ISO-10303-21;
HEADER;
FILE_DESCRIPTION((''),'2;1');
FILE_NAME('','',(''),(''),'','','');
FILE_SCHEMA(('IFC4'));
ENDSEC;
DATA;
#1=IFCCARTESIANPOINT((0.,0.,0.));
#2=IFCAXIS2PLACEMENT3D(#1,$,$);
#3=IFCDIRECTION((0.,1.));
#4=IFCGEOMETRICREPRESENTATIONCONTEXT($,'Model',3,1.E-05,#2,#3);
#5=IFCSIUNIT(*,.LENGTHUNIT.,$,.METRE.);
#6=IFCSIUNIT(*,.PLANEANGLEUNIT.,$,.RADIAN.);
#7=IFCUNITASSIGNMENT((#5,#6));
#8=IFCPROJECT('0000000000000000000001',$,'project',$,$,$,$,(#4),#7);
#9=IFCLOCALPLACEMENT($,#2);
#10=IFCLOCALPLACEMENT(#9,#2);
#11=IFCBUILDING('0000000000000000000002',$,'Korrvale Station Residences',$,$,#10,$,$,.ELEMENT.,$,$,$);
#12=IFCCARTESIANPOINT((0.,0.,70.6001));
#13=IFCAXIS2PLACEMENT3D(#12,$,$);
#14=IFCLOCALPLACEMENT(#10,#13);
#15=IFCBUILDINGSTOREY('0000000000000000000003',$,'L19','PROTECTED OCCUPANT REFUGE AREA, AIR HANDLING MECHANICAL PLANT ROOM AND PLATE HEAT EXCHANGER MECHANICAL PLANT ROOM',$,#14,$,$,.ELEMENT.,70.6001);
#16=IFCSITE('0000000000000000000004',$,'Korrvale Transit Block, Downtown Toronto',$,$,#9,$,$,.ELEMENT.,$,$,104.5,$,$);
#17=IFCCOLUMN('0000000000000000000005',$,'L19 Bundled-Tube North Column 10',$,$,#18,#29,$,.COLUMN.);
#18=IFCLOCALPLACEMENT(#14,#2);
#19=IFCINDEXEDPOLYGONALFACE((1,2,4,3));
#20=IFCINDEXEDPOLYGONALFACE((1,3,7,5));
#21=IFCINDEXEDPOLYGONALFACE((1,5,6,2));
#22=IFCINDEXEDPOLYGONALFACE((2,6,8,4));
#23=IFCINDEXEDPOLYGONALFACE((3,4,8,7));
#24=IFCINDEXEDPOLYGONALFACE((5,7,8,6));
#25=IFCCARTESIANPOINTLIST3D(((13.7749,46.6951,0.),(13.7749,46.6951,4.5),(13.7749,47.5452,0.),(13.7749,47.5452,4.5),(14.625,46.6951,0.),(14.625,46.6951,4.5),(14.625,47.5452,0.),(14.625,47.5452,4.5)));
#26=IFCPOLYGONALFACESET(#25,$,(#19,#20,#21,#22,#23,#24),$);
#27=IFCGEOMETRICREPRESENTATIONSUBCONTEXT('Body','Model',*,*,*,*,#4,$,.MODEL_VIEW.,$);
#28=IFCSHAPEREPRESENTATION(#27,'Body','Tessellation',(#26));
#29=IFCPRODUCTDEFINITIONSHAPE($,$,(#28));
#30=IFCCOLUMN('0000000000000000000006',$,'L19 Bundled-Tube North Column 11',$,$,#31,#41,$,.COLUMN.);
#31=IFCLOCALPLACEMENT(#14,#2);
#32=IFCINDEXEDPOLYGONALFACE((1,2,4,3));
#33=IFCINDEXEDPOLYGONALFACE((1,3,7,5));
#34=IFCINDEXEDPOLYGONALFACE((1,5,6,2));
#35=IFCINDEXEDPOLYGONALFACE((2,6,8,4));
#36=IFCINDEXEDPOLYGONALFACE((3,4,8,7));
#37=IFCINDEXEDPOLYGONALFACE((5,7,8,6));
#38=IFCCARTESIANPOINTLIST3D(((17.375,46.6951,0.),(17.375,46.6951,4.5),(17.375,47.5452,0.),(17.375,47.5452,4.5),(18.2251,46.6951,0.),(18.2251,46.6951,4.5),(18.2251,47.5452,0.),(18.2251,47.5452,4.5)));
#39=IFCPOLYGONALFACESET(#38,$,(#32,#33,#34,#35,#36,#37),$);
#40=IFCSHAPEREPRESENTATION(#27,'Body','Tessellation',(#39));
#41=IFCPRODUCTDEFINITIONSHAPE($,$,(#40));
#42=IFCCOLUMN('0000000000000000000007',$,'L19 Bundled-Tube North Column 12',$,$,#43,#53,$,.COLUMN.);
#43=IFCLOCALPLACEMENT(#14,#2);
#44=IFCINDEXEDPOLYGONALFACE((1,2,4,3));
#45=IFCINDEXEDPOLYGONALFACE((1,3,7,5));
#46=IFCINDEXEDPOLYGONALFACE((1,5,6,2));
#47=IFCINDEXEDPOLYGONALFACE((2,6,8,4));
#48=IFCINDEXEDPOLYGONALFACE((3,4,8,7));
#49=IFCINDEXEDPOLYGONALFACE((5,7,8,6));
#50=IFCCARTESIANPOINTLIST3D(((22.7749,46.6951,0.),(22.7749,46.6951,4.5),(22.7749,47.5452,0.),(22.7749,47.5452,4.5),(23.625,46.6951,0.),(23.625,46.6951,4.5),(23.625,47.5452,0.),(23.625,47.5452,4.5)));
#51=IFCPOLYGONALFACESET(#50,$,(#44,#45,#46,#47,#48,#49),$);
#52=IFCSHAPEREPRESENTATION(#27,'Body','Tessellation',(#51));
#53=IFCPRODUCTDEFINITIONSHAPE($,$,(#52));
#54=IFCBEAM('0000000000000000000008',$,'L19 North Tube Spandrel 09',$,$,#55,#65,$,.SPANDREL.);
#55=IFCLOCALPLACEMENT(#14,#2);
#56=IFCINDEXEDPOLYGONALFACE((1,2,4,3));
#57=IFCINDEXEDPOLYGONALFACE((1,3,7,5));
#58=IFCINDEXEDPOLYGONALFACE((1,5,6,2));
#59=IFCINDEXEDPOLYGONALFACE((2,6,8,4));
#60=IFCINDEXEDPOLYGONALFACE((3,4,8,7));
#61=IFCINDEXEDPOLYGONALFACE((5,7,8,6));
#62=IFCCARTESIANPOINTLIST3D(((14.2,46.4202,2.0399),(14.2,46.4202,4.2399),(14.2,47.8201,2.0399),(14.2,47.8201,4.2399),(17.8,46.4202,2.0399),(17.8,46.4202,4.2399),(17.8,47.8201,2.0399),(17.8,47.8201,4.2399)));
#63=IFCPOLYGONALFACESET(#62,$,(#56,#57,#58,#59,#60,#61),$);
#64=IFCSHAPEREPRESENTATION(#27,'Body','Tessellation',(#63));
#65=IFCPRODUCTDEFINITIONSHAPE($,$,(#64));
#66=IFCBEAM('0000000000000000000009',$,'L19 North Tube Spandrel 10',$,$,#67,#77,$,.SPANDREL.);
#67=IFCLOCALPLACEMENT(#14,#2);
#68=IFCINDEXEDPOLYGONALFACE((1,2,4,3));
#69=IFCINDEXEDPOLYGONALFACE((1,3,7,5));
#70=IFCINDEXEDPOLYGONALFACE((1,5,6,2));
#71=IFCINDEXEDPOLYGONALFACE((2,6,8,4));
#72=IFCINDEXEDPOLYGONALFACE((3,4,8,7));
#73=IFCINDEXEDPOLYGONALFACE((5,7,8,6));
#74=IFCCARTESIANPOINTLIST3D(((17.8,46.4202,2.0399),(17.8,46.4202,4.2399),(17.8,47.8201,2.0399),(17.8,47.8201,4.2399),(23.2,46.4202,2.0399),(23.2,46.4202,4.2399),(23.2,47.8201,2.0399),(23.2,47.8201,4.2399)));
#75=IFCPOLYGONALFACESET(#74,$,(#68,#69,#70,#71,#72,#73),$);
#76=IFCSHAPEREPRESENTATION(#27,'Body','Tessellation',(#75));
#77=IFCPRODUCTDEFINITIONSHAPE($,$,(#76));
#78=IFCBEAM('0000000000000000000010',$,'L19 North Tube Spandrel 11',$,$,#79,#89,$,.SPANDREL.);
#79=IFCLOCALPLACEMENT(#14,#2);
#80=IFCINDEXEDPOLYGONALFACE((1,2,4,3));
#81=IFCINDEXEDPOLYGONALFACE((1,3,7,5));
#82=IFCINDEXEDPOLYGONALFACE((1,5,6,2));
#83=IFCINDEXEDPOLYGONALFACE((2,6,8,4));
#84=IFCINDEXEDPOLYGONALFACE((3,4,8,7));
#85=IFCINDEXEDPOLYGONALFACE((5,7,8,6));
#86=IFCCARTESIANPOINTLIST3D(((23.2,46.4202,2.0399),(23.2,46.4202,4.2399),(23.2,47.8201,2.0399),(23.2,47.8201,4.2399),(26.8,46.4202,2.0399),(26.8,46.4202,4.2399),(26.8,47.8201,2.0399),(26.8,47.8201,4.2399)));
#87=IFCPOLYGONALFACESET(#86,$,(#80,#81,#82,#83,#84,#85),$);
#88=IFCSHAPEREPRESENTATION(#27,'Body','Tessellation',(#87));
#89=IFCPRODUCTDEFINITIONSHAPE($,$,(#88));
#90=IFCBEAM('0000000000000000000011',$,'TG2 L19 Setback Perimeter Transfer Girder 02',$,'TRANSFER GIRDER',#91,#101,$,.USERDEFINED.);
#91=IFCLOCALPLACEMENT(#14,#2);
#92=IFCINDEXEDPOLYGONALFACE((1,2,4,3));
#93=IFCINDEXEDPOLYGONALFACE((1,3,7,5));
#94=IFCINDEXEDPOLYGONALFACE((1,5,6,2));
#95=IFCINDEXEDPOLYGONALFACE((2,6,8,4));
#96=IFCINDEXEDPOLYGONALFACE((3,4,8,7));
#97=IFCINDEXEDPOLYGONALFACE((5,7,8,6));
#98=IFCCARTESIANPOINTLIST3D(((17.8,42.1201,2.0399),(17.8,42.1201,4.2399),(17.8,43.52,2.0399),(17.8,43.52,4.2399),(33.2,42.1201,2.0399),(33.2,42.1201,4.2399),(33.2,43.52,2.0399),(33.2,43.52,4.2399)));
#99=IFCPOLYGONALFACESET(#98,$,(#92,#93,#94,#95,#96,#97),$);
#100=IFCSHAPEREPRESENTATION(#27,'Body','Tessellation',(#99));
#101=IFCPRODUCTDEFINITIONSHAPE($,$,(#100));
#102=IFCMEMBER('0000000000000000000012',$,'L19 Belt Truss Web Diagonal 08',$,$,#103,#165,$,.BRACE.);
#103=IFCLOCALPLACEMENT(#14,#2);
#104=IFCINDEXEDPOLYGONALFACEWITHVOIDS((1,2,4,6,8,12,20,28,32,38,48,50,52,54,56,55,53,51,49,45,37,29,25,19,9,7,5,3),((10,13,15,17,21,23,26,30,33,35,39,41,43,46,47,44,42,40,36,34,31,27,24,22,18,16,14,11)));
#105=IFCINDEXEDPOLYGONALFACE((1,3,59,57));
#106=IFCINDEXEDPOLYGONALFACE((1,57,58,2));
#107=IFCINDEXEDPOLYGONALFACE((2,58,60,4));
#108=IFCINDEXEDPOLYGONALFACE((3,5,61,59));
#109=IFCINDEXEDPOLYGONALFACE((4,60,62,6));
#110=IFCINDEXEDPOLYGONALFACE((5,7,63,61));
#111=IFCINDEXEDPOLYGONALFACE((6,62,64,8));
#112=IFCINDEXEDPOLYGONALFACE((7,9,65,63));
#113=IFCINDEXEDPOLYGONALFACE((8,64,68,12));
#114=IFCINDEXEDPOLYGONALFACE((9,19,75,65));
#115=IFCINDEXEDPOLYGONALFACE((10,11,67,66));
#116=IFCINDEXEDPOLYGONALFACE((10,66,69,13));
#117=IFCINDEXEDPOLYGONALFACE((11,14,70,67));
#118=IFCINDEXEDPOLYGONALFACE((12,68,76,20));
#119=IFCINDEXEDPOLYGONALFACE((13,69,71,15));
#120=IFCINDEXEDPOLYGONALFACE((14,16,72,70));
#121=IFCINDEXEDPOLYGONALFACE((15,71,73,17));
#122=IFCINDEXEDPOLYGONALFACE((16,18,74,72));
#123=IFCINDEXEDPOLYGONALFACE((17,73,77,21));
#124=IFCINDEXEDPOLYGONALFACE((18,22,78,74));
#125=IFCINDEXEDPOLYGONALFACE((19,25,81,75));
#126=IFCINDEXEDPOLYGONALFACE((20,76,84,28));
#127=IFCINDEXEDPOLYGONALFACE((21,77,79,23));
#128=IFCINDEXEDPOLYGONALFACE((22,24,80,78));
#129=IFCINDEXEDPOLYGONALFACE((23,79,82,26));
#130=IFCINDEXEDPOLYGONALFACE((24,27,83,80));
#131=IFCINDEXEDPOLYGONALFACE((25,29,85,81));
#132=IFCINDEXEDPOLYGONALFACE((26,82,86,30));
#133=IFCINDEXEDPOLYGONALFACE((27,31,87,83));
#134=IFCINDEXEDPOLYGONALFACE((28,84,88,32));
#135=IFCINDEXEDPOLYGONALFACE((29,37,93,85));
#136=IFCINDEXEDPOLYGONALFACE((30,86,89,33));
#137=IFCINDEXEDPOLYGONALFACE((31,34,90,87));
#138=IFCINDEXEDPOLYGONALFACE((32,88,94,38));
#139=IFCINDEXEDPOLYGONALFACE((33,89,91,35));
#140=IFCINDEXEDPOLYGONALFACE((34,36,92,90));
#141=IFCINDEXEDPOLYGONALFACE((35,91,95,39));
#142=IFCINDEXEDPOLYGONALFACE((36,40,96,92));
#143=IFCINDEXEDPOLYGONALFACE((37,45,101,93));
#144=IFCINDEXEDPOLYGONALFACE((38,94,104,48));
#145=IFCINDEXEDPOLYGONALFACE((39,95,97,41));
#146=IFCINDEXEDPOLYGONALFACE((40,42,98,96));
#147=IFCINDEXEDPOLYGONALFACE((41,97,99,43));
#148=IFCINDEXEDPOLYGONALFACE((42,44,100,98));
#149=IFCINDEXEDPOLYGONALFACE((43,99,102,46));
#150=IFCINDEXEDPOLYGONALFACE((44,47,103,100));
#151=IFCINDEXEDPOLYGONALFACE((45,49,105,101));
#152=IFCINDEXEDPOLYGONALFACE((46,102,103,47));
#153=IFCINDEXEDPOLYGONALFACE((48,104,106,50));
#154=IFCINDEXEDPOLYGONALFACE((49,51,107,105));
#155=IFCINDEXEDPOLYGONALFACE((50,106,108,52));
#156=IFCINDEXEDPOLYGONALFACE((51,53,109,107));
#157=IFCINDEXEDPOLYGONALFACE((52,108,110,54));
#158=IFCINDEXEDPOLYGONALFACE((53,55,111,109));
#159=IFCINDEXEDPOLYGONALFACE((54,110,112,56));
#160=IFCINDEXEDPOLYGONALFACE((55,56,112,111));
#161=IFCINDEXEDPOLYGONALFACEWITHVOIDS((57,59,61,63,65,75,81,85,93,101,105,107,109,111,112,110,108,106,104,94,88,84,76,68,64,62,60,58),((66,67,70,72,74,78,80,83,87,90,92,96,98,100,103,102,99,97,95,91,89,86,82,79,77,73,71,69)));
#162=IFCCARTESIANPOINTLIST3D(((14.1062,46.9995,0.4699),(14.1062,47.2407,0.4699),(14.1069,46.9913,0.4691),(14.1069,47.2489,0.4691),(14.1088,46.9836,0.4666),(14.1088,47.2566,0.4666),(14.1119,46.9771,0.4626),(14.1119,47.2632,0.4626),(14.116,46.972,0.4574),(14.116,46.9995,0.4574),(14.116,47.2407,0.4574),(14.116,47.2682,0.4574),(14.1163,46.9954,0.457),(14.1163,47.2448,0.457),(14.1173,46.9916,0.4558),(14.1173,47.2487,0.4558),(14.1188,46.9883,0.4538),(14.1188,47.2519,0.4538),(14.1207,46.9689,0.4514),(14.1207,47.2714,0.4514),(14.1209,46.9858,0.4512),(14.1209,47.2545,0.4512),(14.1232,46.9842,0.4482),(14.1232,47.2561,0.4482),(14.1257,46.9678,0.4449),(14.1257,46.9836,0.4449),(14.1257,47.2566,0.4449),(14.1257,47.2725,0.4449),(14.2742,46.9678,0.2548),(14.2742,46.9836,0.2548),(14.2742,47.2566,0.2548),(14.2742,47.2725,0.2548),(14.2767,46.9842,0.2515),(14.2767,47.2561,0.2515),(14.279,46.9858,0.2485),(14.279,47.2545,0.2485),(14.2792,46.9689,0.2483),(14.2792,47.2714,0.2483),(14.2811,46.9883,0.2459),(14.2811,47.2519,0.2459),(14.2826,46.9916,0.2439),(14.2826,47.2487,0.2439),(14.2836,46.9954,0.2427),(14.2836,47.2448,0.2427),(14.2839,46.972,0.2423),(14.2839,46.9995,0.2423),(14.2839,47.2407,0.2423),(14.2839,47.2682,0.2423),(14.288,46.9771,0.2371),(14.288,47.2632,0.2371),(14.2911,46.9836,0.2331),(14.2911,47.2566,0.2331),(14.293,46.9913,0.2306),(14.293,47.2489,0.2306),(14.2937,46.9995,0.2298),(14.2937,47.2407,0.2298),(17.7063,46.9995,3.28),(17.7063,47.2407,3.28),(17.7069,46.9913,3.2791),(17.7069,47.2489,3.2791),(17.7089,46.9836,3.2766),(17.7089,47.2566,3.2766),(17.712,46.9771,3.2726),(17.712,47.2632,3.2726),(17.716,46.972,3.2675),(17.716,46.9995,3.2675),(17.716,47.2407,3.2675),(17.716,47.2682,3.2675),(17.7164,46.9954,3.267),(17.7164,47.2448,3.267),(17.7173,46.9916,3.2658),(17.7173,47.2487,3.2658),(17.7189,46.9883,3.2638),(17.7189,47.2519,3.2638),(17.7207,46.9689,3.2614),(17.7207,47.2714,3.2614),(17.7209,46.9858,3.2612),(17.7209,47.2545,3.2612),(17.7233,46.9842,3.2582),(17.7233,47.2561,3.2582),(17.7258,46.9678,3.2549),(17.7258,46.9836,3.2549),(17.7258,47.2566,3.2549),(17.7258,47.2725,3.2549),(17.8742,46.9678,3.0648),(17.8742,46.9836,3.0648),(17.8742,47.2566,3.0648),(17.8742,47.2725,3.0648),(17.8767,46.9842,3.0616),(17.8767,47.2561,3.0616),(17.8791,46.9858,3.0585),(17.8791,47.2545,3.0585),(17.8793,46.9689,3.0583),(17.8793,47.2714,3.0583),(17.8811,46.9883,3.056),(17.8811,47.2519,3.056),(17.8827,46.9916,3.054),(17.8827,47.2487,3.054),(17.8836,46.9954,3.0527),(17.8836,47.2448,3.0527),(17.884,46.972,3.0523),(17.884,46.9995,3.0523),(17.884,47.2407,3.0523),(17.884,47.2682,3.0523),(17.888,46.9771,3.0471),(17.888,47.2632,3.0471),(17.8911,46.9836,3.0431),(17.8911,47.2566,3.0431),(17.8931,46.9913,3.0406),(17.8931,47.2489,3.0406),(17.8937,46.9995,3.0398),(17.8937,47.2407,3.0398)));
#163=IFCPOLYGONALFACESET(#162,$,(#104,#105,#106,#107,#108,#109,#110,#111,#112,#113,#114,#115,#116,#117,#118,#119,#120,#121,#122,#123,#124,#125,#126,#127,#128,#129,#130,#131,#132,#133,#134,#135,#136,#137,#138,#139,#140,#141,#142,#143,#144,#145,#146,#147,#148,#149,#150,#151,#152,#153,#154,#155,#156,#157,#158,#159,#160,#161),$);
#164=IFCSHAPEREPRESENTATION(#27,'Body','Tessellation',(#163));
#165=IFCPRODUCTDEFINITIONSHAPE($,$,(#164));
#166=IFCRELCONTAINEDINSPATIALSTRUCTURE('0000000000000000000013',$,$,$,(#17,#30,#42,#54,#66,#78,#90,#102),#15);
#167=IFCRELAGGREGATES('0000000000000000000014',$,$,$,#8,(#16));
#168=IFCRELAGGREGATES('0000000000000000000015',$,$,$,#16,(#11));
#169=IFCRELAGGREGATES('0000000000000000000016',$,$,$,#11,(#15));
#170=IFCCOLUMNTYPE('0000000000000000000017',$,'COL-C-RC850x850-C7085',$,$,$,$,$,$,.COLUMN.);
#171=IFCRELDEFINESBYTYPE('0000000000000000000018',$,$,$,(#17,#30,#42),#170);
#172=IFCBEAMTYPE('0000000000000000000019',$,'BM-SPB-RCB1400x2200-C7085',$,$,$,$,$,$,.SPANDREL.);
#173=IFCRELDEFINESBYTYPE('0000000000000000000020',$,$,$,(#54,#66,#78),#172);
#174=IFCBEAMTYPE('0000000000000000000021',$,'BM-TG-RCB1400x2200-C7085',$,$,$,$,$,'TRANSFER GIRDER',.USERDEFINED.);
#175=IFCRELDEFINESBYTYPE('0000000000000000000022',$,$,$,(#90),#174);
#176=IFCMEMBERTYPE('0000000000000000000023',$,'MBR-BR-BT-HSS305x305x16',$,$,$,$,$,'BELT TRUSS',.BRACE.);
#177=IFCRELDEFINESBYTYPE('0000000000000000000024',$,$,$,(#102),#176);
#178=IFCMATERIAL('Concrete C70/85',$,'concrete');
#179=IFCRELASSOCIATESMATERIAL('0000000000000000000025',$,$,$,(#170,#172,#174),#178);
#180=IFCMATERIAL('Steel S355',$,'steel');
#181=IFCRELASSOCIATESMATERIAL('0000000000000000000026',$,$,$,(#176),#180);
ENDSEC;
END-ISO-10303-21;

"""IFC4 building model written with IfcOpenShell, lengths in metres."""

from ifc_helpers import new_model, si_unit, direction, frame, origin, origin_2d, place, context, subcontext, project, spatial, rectangle, hollow_rectangle, extrude, material, material_profile, profile_set, type_object, element, save


model = new_model("IFC4")

# Units and contexts
model_context = context("Model", 3, precision=1e-05, world=origin(), true_north=direction((0.0, 1.0)))
body_context = subcontext(model_context, "Body", "Model", "MODEL_VIEW")
ifc_project = project(units=[si_unit("LENGTHUNIT", "METRE"), si_unit("PLANEANGLEUNIT", "RADIAN")], contexts=[model_context])

# Site, building, storey
site_placement = place(None, origin())
site = spatial("IfcSite", under=ifc_project, at=site_placement, Name="Korrvale Transit Block, Downtown Toronto", CompositionType="ELEMENT", RefElevation=104.5)
building_placement = place(site_placement, origin())
building = spatial("IfcBuilding", under=site, at=building_placement, Name="Korrvale Station Residences", CompositionType="ELEMENT")
storey_placement = place(building_placement, frame((0.0, 0.0, 70.6001)))
storey = spatial("IfcBuildingStorey", under=building, at=storey_placement, Name="L19", Description="PROTECTED OCCUPANT REFUGE AREA, AIR HANDLING MECHANICAL PLANT ROOM AND PLATE HEAT EXCHANGER MECHANICAL PLANT ROOM", CompositionType="ELEMENT", Elevation=70.6001)

# Columns
ifc_material_1 = material(Name="Concrete C70/85", Category="concrete")
ifc_material_profile_1 = material_profile(ifc_material_1, rectangle(XDim=0.8501, YDim=0.8501, at=origin_2d()), Name="RC850x850")
ifc_profile_set_1 = profile_set([ifc_material_profile_1], Name="Concrete C70/85")
column_type = type_object("IfcColumnType", Name="COL-C-RC850x850-C7085", PredefinedType="COLUMN", material=ifc_profile_set_1)
for number, where, z_axis, x_axis, name in (
    (1, (14.2, 47.1201, 0.0), (0.0, 0.0, 1.0), (1.0, 0.0, 0.0), "L19 Bundled-Tube North Column 10"),
    (2, (17.8, 47.1201, 0.0), (0.0, 0.0, 1.0), (1.0, 0.0, 0.0), "L19 Bundled-Tube North Column 11"),
    (3, (23.2, 47.1201, 0.0), (0.0, 0.0, 1.0), (1.0, 0.0, 0.0), "L19 Bundled-Tube North Column 12"),
):
    element("IfcColumn", number, at=place(storey_placement, frame(where, z_axis=z_axis, x_axis=x_axis)), inside=storey, type_object=column_type, Name=name, PredefinedType="COLUMN", context=body_context, shape_type="SweptSolid", body=[
        extrude(rectangle(XDim=0.8501, YDim=0.8501, at=origin_2d()), origin(), (0.0, 0.0, 1.0), 4.5),
    ])

# Beams
ifc_material_profile_2 = material_profile(ifc_material_1, rectangle(XDim=1.3999, YDim=2.2, at=origin_2d()), Name="RCB1400x2200")
ifc_profile_set_2 = profile_set([ifc_material_profile_2], Name="Concrete C70/85")
beam_type_1 = type_object("IfcBeamType", Name="BM-SPB-RCB1400x2200-C7085", PredefinedType="SPANDREL", material=ifc_profile_set_2)
beam_1_placement = place(storey_placement, frame((14.2, 47.1201, 3.1399), z_axis=(1.0, 0.0, 0.0), x_axis=(0.0, 1.0, 0.0)))
element("IfcBeam", 4, at=beam_1_placement, inside=storey, type_object=beam_type_1, Name="L19 North Tube Spandrel 09", PredefinedType="SPANDREL", context=body_context, shape_type="SweptSolid", body=[
    extrude(rectangle(XDim=1.3999, YDim=2.2, at=origin_2d()), origin(), (0.0, 0.0, 1.0), 3.6001),
])
beam_2_placement = place(storey_placement, frame((17.8, 47.1201, 3.1399), z_axis=(1.0, 0.0, 0.0), x_axis=(0.0, 1.0, 0.0)))
element("IfcBeam", 5, at=beam_2_placement, inside=storey, type_object=beam_type_1, Name="L19 North Tube Spandrel 10", PredefinedType="SPANDREL", context=body_context, shape_type="SweptSolid", body=[
    extrude(rectangle(XDim=1.3999, YDim=2.2, at=origin_2d()), origin(), (0.0, 0.0, 1.0), 5.3999),
])
beam_3_placement = place(storey_placement, frame((23.2, 47.1201, 3.1399), z_axis=(1.0, 0.0, 0.0), x_axis=(0.0, 1.0, 0.0)))
element("IfcBeam", 6, at=beam_3_placement, inside=storey, type_object=beam_type_1, Name="L19 North Tube Spandrel 11", PredefinedType="SPANDREL", context=body_context, shape_type="SweptSolid", body=[
    extrude(rectangle(XDim=1.3999, YDim=2.2, at=origin_2d()), origin(), (0.0, 0.0, 1.0), 3.6001),
])
ifc_material_profile_3 = material_profile(ifc_material_1, rectangle(XDim=1.3999, YDim=2.2, at=origin_2d()), Name="RCB1400x2200")
ifc_profile_set_3 = profile_set([ifc_material_profile_3], Name="Concrete C70/85")
beam_type_2 = type_object("IfcBeamType", Name="BM-TG-RCB1400x2200-C7085", ElementType="TRANSFER GIRDER", PredefinedType="USERDEFINED", material=ifc_profile_set_3)
beam_4_placement = place(storey_placement, frame((17.8, 42.8201, 3.1399), z_axis=(1.0, 0.0, 0.0), x_axis=(0.0, 1.0, 0.0)))
element("IfcBeam", 7, at=beam_4_placement, inside=storey, type_object=beam_type_2, Name="TG2 L19 Setback Perimeter Transfer Girder 02", ObjectType="TRANSFER GIRDER", PredefinedType="USERDEFINED", context=body_context, shape_type="SweptSolid", body=[
    extrude(rectangle(XDim=1.3999, YDim=2.2, at=origin_2d()), origin(), (0.0, 0.0, 1.0), 15.3999),
])

# Member
ifc_material_2 = material(Name="Steel S355", Category="steel")
ifc_material_profile_4 = material_profile(ifc_material_2, hollow_rectangle(XDim=0.3047, YDim=0.3047, WallThickness=0.0159, InnerFilletRadius=0.0159, OuterFilletRadius=0.0317, at=origin_2d()), Name="HSS305x305x16")
ifc_profile_set_4 = profile_set([ifc_material_profile_4], Name="Steel S355")
member_type_1 = type_object("IfcMemberType", Name="MBR-BR-BT-HSS305x305x16", ElementType="BELT TRUSS", PredefinedType="BRACE", material=ifc_profile_set_4)
member_1_placement = place(storey_placement, frame((14.2, 47.1201, 0.3499), z_axis=(0.788292, 0.0, 0.615302), x_axis=(0.0, 1.0, 0.0)))
element("IfcMember", 8, at=member_1_placement, inside=storey, type_object=member_type_1, Name="L19 Belt Truss Web Diagonal 08", PredefinedType="BRACE", context=body_context, shape_type="SweptSolid", body=[
    extrude(hollow_rectangle(XDim=0.3047, YDim=0.3047, WallThickness=0.0159, InnerFilletRadius=0.0159, OuterFilletRadius=0.0317, at=origin_2d()), origin(), (0.0, 0.0, 1.0), 4.5669),
])

save(model, "model.ifc")
